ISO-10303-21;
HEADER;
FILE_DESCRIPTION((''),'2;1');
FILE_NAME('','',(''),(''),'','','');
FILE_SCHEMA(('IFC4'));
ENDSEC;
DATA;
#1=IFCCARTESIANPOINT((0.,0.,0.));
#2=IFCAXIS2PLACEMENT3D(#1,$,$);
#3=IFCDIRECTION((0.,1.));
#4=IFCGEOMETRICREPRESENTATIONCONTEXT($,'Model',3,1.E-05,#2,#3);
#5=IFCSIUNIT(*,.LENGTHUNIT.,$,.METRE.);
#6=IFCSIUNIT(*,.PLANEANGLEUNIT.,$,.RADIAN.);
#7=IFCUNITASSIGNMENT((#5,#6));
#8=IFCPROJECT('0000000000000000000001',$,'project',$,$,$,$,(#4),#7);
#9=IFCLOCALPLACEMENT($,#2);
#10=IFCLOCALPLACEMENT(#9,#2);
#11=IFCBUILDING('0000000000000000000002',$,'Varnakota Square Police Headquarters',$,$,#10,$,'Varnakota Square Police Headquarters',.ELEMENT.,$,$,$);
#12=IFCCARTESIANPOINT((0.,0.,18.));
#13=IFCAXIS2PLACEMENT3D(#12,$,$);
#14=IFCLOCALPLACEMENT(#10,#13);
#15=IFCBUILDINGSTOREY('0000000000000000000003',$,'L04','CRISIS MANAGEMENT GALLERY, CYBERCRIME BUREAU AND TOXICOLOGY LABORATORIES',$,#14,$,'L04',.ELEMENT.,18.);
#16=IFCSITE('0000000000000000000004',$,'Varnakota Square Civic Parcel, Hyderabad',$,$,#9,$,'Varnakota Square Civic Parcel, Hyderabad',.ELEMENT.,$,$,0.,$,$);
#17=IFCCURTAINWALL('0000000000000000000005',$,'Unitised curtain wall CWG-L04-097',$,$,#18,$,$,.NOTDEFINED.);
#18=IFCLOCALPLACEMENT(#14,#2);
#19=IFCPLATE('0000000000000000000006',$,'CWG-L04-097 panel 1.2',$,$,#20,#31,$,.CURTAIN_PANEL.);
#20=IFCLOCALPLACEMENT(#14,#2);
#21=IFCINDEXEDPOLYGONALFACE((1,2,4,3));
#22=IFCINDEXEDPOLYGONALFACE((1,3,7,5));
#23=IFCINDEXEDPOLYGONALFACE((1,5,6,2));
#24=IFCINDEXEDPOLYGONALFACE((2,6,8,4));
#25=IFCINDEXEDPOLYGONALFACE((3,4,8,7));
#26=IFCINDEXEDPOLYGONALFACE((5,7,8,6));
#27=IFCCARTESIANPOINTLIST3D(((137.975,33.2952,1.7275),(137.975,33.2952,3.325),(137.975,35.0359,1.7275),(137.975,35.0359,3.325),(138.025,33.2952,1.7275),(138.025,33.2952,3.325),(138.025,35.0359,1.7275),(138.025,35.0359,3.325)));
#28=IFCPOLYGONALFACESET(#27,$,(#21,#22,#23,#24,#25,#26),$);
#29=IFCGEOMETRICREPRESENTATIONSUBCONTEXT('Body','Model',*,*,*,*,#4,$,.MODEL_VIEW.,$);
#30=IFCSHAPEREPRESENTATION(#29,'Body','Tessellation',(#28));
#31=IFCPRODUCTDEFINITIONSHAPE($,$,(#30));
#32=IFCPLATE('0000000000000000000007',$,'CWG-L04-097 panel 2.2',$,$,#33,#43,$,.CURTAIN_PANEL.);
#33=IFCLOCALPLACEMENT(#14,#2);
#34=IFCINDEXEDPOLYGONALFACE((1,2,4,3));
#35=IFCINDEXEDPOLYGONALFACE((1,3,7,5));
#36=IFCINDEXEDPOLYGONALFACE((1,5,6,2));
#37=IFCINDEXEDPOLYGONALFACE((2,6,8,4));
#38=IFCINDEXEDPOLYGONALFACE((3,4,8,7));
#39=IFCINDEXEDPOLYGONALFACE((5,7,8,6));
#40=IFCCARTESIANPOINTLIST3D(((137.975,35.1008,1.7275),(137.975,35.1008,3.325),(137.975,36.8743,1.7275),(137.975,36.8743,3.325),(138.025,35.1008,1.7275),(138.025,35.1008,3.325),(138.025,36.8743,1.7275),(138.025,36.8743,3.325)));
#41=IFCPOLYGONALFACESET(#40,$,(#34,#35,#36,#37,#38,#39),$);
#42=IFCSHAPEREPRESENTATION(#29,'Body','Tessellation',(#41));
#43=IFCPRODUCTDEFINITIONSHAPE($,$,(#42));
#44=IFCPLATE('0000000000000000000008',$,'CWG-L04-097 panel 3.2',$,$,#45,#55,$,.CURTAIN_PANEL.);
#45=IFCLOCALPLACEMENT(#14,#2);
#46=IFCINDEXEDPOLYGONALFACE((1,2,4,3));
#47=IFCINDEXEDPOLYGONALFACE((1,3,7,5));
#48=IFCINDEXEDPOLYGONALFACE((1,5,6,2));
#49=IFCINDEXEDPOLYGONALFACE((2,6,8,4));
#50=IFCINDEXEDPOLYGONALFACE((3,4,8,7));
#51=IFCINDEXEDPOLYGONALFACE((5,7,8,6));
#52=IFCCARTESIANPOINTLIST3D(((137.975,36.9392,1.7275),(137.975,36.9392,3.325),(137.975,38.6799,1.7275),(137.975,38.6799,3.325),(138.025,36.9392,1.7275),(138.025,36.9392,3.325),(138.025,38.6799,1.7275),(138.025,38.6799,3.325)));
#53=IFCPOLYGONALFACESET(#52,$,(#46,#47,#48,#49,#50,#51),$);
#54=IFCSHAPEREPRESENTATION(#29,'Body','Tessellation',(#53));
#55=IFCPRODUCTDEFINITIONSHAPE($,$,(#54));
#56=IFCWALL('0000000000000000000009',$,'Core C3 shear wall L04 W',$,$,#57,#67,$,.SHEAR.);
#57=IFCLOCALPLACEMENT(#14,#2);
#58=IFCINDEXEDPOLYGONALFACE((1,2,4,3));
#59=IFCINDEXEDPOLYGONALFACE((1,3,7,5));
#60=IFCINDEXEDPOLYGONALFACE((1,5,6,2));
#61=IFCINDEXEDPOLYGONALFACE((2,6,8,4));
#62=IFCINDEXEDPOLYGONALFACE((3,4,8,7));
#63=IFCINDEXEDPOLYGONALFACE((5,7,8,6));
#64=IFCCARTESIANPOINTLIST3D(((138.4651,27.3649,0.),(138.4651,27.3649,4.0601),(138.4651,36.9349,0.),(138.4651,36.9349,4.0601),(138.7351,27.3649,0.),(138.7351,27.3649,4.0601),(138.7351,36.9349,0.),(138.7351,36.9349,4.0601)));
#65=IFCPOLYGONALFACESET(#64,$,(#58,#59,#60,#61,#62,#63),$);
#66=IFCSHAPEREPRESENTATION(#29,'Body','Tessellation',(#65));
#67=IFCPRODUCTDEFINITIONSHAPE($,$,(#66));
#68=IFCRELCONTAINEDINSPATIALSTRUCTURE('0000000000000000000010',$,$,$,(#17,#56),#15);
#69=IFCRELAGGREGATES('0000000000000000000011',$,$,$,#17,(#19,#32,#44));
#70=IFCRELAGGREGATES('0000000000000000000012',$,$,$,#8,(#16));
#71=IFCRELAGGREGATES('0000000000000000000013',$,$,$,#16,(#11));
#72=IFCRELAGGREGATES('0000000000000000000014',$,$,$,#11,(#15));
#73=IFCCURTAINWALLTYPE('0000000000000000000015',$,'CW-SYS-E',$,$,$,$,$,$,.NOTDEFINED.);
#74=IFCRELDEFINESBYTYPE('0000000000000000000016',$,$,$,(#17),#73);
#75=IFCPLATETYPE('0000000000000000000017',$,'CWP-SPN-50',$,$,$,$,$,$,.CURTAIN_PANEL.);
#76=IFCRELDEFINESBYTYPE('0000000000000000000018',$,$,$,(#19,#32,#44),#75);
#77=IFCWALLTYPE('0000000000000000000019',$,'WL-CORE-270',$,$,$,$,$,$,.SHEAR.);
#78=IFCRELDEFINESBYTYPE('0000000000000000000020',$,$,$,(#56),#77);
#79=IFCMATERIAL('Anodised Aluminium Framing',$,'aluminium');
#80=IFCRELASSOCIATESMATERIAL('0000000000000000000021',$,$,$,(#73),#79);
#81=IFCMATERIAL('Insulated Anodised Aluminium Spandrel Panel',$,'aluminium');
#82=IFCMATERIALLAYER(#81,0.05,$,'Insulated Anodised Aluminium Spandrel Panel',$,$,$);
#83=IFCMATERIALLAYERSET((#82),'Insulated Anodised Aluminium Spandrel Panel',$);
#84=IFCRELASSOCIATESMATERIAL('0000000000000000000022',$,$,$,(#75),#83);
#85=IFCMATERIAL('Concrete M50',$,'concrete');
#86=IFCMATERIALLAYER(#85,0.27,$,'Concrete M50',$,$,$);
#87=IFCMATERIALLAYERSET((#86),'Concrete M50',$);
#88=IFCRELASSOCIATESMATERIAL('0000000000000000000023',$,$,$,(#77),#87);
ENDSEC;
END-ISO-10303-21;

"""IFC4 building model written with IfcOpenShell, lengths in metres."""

from ifc_helpers import new_model, si_unit, direction, frame, frame_2d, origin, origin_2d, place, context, subcontext, project, spatial, rectangle, extrude, material, layer, layer_set, type_object, element, aggregate, save


model = new_model("IFC4")

# Units and contexts
model_context = context("Model", 3, precision=1e-05, world=origin(), true_north=direction((0.0, 1.0)))
body_context = subcontext(model_context, "Body", "Model", "MODEL_VIEW")
ifc_project = project(units=[si_unit("LENGTHUNIT", "METRE"), si_unit("PLANEANGLEUNIT", "RADIAN")], contexts=[model_context])

# Site, building, storey
site_placement = place(None, origin())
site = spatial("IfcSite", under=ifc_project, at=site_placement, Name="Varnakota Square Civic Parcel, Hyderabad", LongName="Varnakota Square Civic Parcel, Hyderabad", CompositionType="ELEMENT", RefElevation=0.0)
building_placement = place(site_placement, origin())
building = spatial("IfcBuilding", under=site, at=building_placement, Name="Varnakota Square Police Headquarters", LongName="Varnakota Square Police Headquarters", CompositionType="ELEMENT")
storey_placement = place(building_placement, frame((0.0, 0.0, 18.0)))
storey = spatial("IfcBuildingStorey", under=building, at=storey_placement, Name="L04", Description="CRISIS MANAGEMENT GALLERY, CYBERCRIME BUREAU AND TOXICOLOGY LABORATORIES", LongName="L04", CompositionType="ELEMENT", Elevation=18.0)

# Shared definitions
ifc_material_1 = material(Name="Anodised Aluminium Framing", Category="aluminium")
curtain_wall_type = type_object("IfcCurtainWallType", Name="CW-SYS-E", PredefinedType="NOTDEFINED", material=ifc_material_1)

# Curtain wall, plates
curtain_wall_1_placement = place(storey_placement, origin())
curtain_wall_1 = element("IfcCurtainWall", 1, at=curtain_wall_1_placement, inside=storey, type_object=curtain_wall_type, Name="Unitised curtain wall CWG-L04-097", PredefinedType="NOTDEFINED")
ifc_material_2 = material(Name="Insulated Anodised Aluminium Spandrel Panel", Category="aluminium")
ifc_layer_1 = layer(ifc_material_2, 0.05, Name="Insulated Anodised Aluminium Spandrel Panel")
ifc_layer_set_1 = layer_set([ifc_layer_1], Name="Insulated Anodised Aluminium Spandrel Panel")
plate_type_1 = type_object("IfcPlateType", Name="CWP-SPN-50", PredefinedType="CURTAIN_PANEL", material=ifc_layer_set_1)
plate_1_placement = place(storey_placement, frame((138.0, 34.1655, 1.7275), z_axis=(0.0, 0.0, 1.0), x_axis=(0.0, 1.0, 0.0)))
plate_1 = element("IfcPlate", 2, at=plate_1_placement, type_object=plate_type_1, Name="CWG-L04-097 panel 1.2", PredefinedType="CURTAIN_PANEL", context=body_context, shape_type="SweptSolid", body=[
    extrude(rectangle(XDim=1.7407, YDim=0.05, at=origin_2d()), origin(), (0.0, 0.0, 1.0), 1.5974),
])
plate_2_placement = place(storey_placement, frame((138.0, 35.9875, 1.7275), z_axis=(0.0, 0.0, 1.0), x_axis=(0.0, 1.0, 0.0)))
plate_2 = element("IfcPlate", 3, at=plate_2_placement, type_object=plate_type_1, Name="CWG-L04-097 panel 2.2", PredefinedType="CURTAIN_PANEL", context=body_context, shape_type="SweptSolid", body=[
    extrude(rectangle(XDim=1.7734, YDim=0.05, at=origin_2d()), origin(), (0.0, 0.0, 1.0), 1.5974),
])
plate_3_placement = place(storey_placement, frame((138.0, 37.8096, 1.7275), z_axis=(0.0, 0.0, 1.0), x_axis=(0.0, 1.0, 0.0)))
plate_3 = element("IfcPlate", 4, at=plate_3_placement, type_object=plate_type_1, Name="CWG-L04-097 panel 3.2", PredefinedType="CURTAIN_PANEL", context=body_context, shape_type="SweptSolid", body=[
    extrude(rectangle(XDim=1.7407, YDim=0.05, at=origin_2d()), origin(), (0.0, 0.0, 1.0), 1.5974),
])
aggregate(curtain_wall_1, [plate_1, plate_2, plate_3])

# Wall
ifc_material_3 = material(Name="Concrete M50", Category="concrete")
ifc_layer_2 = layer(ifc_material_3, 0.27, Name="Concrete M50")
ifc_layer_set_2 = layer_set([ifc_layer_2], Name="Concrete M50")
wall_type = type_object("IfcWallType", Name="WL-CORE-270", PredefinedType="SHEAR", material=ifc_layer_set_2)
wall_placement = place(storey_placement, frame((138.6001, 36.9351, 0.0), z_axis=(0.0, 0.0, 1.0), x_axis=(0.0, -1.0, 0.0)))
element("IfcWall", 5, at=wall_placement, inside=storey, type_object=wall_type, Name="Core C3 shear wall L04 W", PredefinedType="SHEAR", context=body_context, shape_type="SweptSolid", body=[
    extrude(rectangle(XDim=9.5701, YDim=0.27, at=frame_2d((4.7852, 0.0))), origin(), (0.0, 0.0, 1.0), 4.0601),
])

save(model, "model.ifc")
